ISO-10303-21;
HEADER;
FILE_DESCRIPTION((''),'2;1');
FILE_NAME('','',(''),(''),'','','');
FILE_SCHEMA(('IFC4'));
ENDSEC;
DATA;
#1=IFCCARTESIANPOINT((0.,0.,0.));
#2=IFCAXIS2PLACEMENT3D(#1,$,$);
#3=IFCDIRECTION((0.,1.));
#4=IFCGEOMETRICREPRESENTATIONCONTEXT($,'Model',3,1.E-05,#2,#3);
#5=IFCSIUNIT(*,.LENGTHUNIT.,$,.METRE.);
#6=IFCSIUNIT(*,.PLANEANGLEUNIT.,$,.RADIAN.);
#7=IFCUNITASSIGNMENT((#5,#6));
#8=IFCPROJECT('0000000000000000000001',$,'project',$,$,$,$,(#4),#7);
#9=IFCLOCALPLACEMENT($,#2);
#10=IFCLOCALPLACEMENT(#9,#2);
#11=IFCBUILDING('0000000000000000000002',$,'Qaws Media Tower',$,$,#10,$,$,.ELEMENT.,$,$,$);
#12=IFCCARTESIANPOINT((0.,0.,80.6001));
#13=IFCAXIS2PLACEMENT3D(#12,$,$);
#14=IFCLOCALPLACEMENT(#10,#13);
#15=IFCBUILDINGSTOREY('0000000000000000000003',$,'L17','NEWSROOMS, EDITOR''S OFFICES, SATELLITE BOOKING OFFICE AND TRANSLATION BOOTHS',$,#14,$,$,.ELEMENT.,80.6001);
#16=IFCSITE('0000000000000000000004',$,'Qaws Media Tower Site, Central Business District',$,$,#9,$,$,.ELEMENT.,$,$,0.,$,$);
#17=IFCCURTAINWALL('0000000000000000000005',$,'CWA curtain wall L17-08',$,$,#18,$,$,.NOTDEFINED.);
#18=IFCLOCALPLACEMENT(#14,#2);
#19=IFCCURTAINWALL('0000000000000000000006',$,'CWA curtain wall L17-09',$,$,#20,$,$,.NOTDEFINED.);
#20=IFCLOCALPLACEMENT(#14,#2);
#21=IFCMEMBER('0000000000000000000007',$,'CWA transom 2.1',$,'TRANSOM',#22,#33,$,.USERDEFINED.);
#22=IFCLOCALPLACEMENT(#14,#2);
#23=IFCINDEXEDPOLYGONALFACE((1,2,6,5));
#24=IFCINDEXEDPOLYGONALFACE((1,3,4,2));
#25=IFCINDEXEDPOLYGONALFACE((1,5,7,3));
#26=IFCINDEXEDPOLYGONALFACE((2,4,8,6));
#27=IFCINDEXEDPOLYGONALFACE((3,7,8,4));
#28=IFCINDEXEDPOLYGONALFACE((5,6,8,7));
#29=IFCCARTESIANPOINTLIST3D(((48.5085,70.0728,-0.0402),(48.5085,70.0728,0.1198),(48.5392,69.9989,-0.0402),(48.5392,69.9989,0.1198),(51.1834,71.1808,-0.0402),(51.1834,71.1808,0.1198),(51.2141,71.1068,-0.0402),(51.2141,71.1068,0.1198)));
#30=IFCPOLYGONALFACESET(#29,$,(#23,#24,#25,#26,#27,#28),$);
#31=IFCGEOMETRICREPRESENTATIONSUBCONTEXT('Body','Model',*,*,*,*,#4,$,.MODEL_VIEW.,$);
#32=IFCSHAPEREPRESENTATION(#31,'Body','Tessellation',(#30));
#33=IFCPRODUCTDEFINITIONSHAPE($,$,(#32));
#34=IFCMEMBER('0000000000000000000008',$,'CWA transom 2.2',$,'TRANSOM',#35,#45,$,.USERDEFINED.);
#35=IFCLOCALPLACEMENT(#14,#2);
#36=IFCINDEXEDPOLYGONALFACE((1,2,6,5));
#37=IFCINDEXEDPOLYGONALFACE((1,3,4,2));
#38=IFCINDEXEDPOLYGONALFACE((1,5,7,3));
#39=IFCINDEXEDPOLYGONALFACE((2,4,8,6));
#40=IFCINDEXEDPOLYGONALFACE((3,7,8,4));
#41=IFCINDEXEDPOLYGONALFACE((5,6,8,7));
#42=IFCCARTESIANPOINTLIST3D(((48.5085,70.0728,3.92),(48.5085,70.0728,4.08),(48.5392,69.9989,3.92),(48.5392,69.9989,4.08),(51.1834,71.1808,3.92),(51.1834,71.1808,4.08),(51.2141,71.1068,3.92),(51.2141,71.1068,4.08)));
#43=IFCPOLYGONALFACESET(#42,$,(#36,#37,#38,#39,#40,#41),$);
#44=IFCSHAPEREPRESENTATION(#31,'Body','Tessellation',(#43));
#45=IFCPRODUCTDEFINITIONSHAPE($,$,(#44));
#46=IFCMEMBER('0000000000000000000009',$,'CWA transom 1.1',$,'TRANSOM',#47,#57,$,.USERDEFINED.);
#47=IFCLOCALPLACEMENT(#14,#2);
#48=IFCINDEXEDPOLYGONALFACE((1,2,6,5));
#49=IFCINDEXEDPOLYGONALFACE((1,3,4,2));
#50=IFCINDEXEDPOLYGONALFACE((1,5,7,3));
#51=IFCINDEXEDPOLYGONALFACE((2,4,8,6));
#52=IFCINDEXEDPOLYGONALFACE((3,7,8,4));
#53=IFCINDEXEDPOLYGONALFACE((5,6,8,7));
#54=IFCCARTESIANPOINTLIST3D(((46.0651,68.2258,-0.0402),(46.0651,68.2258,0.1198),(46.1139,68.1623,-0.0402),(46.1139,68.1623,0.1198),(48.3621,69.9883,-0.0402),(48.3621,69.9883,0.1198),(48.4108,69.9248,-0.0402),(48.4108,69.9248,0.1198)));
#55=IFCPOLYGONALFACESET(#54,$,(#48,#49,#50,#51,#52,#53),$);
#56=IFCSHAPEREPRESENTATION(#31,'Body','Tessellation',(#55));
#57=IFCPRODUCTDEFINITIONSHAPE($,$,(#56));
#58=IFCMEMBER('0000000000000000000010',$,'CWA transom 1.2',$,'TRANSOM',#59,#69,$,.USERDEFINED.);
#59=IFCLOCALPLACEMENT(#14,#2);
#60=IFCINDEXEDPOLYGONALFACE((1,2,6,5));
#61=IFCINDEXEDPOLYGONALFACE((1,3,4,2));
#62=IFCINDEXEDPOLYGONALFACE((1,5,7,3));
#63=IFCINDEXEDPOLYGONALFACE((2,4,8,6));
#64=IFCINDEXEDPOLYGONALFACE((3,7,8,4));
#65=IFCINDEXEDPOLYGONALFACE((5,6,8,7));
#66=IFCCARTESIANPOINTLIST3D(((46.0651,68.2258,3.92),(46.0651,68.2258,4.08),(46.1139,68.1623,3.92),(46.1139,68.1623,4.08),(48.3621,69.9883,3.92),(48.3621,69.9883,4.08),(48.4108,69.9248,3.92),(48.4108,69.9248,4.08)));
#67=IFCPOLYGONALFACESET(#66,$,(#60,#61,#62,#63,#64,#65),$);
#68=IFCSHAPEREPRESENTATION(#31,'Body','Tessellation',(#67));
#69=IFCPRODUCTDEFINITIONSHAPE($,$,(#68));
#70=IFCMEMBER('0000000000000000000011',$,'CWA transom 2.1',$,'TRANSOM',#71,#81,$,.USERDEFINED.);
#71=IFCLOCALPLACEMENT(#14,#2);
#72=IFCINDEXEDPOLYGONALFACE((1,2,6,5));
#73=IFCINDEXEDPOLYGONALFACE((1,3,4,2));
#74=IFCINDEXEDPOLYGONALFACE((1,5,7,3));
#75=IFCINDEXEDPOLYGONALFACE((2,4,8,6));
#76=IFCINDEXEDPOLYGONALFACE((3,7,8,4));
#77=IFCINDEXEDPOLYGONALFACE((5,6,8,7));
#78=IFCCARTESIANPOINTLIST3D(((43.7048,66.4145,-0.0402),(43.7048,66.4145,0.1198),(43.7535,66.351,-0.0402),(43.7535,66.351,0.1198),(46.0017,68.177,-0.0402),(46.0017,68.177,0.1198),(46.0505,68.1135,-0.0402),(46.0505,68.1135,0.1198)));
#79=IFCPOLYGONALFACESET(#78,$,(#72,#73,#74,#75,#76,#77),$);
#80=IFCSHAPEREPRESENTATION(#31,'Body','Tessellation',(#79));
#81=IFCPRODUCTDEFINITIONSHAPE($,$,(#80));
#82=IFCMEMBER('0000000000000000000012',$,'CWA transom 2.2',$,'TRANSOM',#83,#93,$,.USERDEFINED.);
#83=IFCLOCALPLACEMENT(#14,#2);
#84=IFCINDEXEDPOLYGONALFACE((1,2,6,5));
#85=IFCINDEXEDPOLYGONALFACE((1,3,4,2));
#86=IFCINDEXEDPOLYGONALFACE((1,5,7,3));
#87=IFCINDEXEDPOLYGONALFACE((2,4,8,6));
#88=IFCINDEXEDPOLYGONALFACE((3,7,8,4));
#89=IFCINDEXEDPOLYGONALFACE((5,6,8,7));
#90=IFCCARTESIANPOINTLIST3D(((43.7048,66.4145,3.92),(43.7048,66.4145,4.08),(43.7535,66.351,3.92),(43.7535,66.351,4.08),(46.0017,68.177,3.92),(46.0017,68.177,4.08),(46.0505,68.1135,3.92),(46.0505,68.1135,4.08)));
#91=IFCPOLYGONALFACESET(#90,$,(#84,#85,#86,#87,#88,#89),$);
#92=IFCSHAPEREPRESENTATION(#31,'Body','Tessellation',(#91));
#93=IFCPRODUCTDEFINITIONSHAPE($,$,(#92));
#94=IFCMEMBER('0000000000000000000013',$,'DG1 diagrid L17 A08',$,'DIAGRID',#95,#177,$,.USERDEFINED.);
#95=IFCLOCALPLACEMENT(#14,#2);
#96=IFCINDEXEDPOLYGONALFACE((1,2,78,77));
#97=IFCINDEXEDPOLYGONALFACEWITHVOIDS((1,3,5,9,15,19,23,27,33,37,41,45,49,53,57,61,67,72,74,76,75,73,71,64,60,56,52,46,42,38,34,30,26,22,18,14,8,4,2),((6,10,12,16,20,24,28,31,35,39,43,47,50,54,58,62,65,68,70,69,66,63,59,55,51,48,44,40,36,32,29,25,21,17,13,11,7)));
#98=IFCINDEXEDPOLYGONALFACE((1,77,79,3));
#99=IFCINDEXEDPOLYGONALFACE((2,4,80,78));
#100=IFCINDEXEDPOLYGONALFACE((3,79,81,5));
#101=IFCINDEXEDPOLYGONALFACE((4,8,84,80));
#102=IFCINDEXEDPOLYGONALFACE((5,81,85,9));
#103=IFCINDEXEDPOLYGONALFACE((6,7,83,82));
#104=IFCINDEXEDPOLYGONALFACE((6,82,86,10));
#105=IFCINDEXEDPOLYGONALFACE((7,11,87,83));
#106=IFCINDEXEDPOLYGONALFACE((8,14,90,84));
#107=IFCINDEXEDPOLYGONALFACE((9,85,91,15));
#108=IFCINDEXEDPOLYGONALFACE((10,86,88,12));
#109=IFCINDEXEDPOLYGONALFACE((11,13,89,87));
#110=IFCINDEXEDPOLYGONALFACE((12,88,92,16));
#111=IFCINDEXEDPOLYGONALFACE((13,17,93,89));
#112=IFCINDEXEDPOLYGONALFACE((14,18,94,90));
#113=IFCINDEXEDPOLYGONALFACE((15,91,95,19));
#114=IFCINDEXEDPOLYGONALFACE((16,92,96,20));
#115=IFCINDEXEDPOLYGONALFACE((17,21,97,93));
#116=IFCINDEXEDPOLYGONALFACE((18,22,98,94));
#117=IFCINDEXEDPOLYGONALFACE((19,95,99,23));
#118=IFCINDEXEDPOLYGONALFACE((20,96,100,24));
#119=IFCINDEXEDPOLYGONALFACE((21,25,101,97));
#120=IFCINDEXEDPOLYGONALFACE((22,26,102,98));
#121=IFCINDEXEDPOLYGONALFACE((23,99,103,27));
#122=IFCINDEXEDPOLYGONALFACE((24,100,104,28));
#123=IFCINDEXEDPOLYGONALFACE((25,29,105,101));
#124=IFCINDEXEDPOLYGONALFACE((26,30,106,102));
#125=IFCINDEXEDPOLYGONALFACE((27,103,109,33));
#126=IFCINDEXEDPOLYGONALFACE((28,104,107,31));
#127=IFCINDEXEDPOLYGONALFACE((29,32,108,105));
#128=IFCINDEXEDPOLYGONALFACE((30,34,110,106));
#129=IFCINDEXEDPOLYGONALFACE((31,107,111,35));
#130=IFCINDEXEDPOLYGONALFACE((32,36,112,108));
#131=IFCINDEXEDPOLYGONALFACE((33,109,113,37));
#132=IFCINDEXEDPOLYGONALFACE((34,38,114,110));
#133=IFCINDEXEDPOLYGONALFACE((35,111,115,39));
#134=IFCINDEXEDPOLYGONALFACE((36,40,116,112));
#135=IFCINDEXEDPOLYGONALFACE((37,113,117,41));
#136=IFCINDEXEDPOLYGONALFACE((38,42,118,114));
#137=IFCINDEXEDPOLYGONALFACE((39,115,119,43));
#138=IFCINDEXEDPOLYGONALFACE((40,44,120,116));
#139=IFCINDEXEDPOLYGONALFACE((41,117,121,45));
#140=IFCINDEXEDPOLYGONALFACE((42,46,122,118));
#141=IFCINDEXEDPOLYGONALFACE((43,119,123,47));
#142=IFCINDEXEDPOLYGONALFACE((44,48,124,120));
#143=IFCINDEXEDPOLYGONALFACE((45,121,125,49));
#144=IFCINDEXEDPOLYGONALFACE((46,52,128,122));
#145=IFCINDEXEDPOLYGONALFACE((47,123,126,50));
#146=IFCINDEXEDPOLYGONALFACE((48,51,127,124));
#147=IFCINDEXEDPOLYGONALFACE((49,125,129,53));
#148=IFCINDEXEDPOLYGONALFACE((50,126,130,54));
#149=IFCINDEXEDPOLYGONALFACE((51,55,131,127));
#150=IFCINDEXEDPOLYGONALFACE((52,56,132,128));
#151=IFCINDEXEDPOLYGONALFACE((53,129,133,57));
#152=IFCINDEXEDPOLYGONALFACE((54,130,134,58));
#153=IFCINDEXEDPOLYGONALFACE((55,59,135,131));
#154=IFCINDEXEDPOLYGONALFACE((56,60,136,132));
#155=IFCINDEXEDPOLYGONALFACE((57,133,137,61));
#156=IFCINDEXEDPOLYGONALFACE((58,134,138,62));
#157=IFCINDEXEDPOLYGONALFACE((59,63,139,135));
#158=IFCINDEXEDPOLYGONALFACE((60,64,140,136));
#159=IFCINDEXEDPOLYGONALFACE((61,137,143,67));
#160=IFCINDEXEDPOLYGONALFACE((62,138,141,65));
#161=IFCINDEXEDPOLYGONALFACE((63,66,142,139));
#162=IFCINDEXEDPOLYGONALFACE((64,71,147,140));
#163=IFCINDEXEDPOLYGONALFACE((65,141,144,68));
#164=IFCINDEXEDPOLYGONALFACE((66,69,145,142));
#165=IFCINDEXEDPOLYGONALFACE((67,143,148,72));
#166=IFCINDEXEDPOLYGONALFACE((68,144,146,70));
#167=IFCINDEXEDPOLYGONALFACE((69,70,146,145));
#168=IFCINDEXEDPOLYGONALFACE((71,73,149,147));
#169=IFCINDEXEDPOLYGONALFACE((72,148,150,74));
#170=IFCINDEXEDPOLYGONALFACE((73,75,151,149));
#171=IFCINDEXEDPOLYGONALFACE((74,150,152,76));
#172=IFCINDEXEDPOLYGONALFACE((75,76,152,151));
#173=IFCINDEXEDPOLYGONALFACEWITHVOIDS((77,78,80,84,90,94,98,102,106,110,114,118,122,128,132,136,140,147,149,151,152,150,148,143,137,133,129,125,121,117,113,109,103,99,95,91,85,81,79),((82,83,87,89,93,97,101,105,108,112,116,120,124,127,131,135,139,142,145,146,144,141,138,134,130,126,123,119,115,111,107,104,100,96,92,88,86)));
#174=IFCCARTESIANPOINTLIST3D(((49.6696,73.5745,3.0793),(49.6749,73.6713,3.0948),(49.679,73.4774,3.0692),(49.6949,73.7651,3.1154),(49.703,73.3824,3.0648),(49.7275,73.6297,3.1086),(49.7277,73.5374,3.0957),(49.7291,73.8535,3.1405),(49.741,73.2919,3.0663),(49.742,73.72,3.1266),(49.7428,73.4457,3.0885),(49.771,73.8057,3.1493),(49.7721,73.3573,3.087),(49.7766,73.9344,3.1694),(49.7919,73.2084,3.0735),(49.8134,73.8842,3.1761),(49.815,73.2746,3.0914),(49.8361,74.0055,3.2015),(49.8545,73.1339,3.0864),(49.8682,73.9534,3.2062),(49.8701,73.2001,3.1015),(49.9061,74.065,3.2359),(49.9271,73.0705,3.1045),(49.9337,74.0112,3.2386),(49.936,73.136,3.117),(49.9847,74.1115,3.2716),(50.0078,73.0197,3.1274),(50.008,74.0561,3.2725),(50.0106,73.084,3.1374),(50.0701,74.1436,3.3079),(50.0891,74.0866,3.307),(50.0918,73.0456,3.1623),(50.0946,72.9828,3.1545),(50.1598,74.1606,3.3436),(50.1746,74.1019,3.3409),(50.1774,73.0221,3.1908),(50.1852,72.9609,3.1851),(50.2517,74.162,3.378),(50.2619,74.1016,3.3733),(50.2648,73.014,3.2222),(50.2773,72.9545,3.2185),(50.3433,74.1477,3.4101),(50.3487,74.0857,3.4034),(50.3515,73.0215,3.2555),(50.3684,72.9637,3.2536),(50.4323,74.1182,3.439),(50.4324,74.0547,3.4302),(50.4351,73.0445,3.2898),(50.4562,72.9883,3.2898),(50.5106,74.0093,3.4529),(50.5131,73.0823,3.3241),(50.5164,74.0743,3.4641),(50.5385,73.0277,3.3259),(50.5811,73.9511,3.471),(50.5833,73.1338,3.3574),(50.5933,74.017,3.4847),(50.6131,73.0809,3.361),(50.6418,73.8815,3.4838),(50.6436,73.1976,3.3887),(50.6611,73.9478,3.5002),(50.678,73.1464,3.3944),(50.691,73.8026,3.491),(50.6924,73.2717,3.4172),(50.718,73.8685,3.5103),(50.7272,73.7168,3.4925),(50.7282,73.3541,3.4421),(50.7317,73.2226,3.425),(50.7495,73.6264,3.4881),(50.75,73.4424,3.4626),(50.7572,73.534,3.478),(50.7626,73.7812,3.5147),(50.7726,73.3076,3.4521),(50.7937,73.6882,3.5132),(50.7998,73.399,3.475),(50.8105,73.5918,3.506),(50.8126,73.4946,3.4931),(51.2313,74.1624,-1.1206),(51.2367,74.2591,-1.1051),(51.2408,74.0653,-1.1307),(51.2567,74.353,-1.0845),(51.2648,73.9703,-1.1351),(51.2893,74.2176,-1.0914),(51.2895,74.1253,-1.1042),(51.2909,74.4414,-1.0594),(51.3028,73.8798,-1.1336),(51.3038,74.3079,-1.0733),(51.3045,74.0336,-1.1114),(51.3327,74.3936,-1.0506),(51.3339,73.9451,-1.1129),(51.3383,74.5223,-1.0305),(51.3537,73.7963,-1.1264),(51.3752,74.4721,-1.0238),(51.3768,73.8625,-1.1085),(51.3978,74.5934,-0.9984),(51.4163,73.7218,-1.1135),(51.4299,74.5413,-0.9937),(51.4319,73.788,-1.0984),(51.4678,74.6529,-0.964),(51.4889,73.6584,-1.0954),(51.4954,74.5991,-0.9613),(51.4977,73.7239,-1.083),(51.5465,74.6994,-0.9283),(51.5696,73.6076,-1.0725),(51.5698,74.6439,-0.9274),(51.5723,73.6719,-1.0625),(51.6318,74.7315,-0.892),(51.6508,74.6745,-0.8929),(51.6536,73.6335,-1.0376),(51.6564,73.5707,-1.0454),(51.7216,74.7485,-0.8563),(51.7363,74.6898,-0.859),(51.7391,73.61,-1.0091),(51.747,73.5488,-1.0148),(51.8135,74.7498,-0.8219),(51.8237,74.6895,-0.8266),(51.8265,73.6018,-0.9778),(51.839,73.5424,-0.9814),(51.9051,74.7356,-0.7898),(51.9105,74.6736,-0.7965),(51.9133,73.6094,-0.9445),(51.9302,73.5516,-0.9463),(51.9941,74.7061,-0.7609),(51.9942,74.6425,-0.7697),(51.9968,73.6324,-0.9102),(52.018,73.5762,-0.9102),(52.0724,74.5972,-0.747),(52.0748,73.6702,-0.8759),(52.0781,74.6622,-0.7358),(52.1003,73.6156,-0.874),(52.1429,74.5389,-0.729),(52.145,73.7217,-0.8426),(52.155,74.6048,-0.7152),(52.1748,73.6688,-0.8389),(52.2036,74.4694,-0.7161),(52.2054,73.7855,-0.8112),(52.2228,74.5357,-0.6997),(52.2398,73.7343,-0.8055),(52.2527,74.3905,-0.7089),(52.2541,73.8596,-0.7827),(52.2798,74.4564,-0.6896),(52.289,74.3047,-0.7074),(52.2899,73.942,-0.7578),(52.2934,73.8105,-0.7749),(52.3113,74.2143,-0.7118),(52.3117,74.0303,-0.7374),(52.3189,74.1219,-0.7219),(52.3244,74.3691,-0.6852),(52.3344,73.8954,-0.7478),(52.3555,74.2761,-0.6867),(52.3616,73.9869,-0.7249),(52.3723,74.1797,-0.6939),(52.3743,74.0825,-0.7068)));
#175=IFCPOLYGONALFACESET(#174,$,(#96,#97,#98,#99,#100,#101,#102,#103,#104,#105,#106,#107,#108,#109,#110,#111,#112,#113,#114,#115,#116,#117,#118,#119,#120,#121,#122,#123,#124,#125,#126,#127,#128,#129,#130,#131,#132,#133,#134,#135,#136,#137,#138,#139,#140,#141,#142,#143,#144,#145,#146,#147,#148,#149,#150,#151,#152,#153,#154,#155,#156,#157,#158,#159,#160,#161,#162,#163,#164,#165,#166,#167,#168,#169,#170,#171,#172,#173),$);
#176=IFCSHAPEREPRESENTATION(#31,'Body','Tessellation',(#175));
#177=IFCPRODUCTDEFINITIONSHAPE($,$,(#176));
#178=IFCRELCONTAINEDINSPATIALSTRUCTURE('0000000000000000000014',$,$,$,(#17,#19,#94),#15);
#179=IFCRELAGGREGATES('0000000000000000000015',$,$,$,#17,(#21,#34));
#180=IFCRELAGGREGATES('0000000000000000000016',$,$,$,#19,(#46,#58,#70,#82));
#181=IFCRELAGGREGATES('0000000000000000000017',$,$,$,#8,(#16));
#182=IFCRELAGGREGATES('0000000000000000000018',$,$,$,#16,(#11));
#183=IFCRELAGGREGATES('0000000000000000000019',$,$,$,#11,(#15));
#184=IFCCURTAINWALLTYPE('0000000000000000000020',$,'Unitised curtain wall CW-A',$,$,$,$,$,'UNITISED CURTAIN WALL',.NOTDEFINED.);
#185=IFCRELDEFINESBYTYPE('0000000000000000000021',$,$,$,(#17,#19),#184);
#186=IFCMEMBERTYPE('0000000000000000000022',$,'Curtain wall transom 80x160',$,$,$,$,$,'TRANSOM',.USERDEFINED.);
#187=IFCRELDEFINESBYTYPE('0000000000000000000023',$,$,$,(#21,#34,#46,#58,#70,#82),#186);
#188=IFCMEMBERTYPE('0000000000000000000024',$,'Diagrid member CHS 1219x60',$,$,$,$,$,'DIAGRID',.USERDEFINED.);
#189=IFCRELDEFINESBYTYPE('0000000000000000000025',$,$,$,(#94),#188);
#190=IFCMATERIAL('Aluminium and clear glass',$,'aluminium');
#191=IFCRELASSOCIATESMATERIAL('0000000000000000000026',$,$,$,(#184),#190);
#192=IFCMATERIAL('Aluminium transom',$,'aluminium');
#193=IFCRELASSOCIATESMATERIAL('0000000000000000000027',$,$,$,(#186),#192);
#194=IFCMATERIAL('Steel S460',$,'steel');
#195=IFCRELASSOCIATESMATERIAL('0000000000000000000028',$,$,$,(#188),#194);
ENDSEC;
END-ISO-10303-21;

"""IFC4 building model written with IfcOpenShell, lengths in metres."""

from ifc_helpers import new_model, si_unit, direction, frame, origin, origin_2d, place, context, subcontext, project, spatial, rectangle, hollow_circle, extrude, material, material_profile, profile_set, type_object, element, aggregate, save


model = new_model("IFC4")

# Units and contexts
model_context = context("Model", 3, precision=1e-05, world=origin(), true_north=direction((0.0, 1.0)))
body_context = subcontext(model_context, "Body", "Model", "MODEL_VIEW")
ifc_project = project(units=[si_unit("LENGTHUNIT", "METRE"), si_unit("PLANEANGLEUNIT", "RADIAN")], contexts=[model_context])

# Site, building, storey
site_placement = place(None, origin())
site = spatial("IfcSite", under=ifc_project, at=site_placement, Name="Qaws Media Tower Site, Central Business District", CompositionType="ELEMENT", RefElevation=0.0)
building_placement = place(site_placement, origin())
building = spatial("IfcBuilding", under=site, at=building_placement, Name="Qaws Media Tower", CompositionType="ELEMENT")
storey_placement = place(building_placement, frame((0.0, 0.0, 80.6001)))
storey = spatial("IfcBuildingStorey", under=building, at=storey_placement, Name="L17", Description="NEWSROOMS, EDITOR'S OFFICES, SATELLITE BOOKING OFFICE AND TRANSLATION BOOTHS", CompositionType="ELEMENT", Elevation=80.6001)

# Curtain walls
ifc_material_1 = material(Name="Aluminium and clear glass", Category="aluminium")
curtain_wall_type = type_object("IfcCurtainWallType", Name="Unitised curtain wall CW-A", ElementType="UNITISED CURTAIN WALL", PredefinedType="NOTDEFINED", material=ifc_material_1)
curtain_wall_1_placement = place(storey_placement, origin())
curtain_wall_1 = element("IfcCurtainWall", 1, at=curtain_wall_1_placement, inside=storey, type_object=curtain_wall_type, Name="CWA curtain wall L17-08", PredefinedType="NOTDEFINED")
curtain_wall_2_placement = place(storey_placement, origin())
curtain_wall_2 = element("IfcCurtainWall", 2, at=curtain_wall_2_placement, inside=storey, type_object=curtain_wall_type, Name="CWA curtain wall L17-09", PredefinedType="NOTDEFINED")

# Members
ifc_material_2 = material(Name="Aluminium transom", Category="aluminium")
ifc_material_profile_1 = material_profile(ifc_material_2, rectangle(XDim=0.0801, YDim=0.1599, at=origin_2d()), Name="80x160")
ifc_profile_set_1 = profile_set([ifc_material_profile_1], Name="Aluminium transom")
member_type_1 = type_object("IfcMemberType", Name="Curtain wall transom 80x160", ElementType="TRANSOM", PredefinedType="USERDEFINED", material=ifc_profile_set_1)
member_1_placement = place(storey_placement, frame((51.1987, 71.1438, 0.0398), z_axis=(-0.923883, -0.382675, 0.0), x_axis=(0.382675, -0.923883, 0.0)))
member_1 = element("IfcMember", 3, at=member_1_placement, type_object=member_type_1, Name="CWA transom 2.1", ObjectType="TRANSOM", PredefinedType="USERDEFINED", context=body_context, shape_type="SweptSolid", body=[
    extrude(rectangle(XDim=0.0801, YDim=0.1599, at=origin_2d()), origin(), (0.0, 0.0, 1.0), 2.8953),
])
member_2_placement = place(storey_placement, frame((51.1987, 71.1438, 4.0), z_axis=(-0.923883, -0.382675, 0.0), x_axis=(0.382675, -0.923883, 0.0)))
member_2 = element("IfcMember", 4, at=member_2_placement, type_object=member_type_1, Name="CWA transom 2.2", ObjectType="TRANSOM", PredefinedType="USERDEFINED", context=body_context, shape_type="SweptSolid", body=[
    extrude(rectangle(XDim=0.0801, YDim=0.1599, at=origin_2d()), origin(), (0.0, 0.0, 1.0), 2.8953),
])
member_3_placement = place(storey_placement, frame((48.3865, 69.9565, 0.0398), z_axis=(-0.793354, -0.608761, 0.0), x_axis=(0.608761, -0.793354, 0.0)))
member_3 = element("IfcMember", 5, at=member_3_placement, type_object=member_type_1, Name="CWA transom 1.1", ObjectType="TRANSOM", PredefinedType="USERDEFINED", context=body_context, shape_type="SweptSolid", body=[
    extrude(rectangle(XDim=0.0801, YDim=0.1599, at=origin_2d()), origin(), (0.0, 0.0, 1.0), 2.8953),
])
member_4_placement = place(storey_placement, frame((48.3865, 69.9565, 4.0), z_axis=(-0.793354, -0.608761, 0.0), x_axis=(0.608761, -0.793354, 0.0)))
member_4 = element("IfcMember", 6, at=member_4_placement, type_object=member_type_1, Name="CWA transom 1.2", ObjectType="TRANSOM", PredefinedType="USERDEFINED", context=body_context, shape_type="SweptSolid", body=[
    extrude(rectangle(XDim=0.0801, YDim=0.1599, at=origin_2d()), origin(), (0.0, 0.0, 1.0), 2.8953),
])
member_5_placement = place(storey_placement, frame((46.0261, 68.1453, 0.0398), z_axis=(-0.793354, -0.608761, 0.0), x_axis=(0.608761, -0.793354, 0.0)))
member_5 = element("IfcMember", 7, at=member_5_placement, type_object=member_type_1, Name="CWA transom 2.1", ObjectType="TRANSOM", PredefinedType="USERDEFINED", context=body_context, shape_type="SweptSolid", body=[
    extrude(rectangle(XDim=0.0801, YDim=0.1599, at=origin_2d()), origin(), (0.0, 0.0, 1.0), 2.8953),
])
member_6_placement = place(storey_placement, frame((46.0261, 68.1453, 4.0), z_axis=(-0.793354, -0.608761, 0.0), x_axis=(0.608761, -0.793354, 0.0)))
member_6 = element("IfcMember", 8, at=member_6_placement, type_object=member_type_1, Name="CWA transom 2.2", ObjectType="TRANSOM", PredefinedType="USERDEFINED", context=body_context, shape_type="SweptSolid", body=[
    extrude(rectangle(XDim=0.0801, YDim=0.1599, at=origin_2d()), origin(), (0.0, 0.0, 1.0), 2.8953),
])

# Member
ifc_material_3 = material(Name="Steel S460", Category="steel")
ifc_material_profile_2 = material_profile(ifc_material_3, hollow_circle(Radius=0.6096, WallThickness=0.0601, at=origin_2d()), Name="CHS 1219x60")
ifc_profile_set_2 = profile_set([ifc_material_profile_2], Name="Steel S460")
member_type_2 = type_object("IfcMemberType", Name="Diagrid member CHS 1219x60", ElementType="DIAGRID", PredefinedType="USERDEFINED", material=ifc_profile_set_2)
for number, where, z_axis, x_axis, name in (
    (9, (51.8032, 74.1467, -0.9102), (-0.345575, -0.130084, 0.929331), (0.352294, -0.93589, 0.0), "DG1 diagrid L17 A08"),
):
    element("IfcMember", number, at=place(storey_placement, frame(where, z_axis=z_axis, x_axis=x_axis)), inside=storey, type_object=member_type_2, Name=name, ObjectType="DIAGRID", PredefinedType="USERDEFINED", context=body_context, shape_type="SweptSolid", body=[
        extrude(hollow_circle(Radius=0.6096, WallThickness=0.0601, at=origin_2d()), origin(), (0.0, 0.0, 1.0), 4.5193),
    ])

aggregate(curtain_wall_1, [member_1, member_2])
aggregate(curtain_wall_2, [member_3, member_4, member_5, member_6])

save(model, "model.ifc")
